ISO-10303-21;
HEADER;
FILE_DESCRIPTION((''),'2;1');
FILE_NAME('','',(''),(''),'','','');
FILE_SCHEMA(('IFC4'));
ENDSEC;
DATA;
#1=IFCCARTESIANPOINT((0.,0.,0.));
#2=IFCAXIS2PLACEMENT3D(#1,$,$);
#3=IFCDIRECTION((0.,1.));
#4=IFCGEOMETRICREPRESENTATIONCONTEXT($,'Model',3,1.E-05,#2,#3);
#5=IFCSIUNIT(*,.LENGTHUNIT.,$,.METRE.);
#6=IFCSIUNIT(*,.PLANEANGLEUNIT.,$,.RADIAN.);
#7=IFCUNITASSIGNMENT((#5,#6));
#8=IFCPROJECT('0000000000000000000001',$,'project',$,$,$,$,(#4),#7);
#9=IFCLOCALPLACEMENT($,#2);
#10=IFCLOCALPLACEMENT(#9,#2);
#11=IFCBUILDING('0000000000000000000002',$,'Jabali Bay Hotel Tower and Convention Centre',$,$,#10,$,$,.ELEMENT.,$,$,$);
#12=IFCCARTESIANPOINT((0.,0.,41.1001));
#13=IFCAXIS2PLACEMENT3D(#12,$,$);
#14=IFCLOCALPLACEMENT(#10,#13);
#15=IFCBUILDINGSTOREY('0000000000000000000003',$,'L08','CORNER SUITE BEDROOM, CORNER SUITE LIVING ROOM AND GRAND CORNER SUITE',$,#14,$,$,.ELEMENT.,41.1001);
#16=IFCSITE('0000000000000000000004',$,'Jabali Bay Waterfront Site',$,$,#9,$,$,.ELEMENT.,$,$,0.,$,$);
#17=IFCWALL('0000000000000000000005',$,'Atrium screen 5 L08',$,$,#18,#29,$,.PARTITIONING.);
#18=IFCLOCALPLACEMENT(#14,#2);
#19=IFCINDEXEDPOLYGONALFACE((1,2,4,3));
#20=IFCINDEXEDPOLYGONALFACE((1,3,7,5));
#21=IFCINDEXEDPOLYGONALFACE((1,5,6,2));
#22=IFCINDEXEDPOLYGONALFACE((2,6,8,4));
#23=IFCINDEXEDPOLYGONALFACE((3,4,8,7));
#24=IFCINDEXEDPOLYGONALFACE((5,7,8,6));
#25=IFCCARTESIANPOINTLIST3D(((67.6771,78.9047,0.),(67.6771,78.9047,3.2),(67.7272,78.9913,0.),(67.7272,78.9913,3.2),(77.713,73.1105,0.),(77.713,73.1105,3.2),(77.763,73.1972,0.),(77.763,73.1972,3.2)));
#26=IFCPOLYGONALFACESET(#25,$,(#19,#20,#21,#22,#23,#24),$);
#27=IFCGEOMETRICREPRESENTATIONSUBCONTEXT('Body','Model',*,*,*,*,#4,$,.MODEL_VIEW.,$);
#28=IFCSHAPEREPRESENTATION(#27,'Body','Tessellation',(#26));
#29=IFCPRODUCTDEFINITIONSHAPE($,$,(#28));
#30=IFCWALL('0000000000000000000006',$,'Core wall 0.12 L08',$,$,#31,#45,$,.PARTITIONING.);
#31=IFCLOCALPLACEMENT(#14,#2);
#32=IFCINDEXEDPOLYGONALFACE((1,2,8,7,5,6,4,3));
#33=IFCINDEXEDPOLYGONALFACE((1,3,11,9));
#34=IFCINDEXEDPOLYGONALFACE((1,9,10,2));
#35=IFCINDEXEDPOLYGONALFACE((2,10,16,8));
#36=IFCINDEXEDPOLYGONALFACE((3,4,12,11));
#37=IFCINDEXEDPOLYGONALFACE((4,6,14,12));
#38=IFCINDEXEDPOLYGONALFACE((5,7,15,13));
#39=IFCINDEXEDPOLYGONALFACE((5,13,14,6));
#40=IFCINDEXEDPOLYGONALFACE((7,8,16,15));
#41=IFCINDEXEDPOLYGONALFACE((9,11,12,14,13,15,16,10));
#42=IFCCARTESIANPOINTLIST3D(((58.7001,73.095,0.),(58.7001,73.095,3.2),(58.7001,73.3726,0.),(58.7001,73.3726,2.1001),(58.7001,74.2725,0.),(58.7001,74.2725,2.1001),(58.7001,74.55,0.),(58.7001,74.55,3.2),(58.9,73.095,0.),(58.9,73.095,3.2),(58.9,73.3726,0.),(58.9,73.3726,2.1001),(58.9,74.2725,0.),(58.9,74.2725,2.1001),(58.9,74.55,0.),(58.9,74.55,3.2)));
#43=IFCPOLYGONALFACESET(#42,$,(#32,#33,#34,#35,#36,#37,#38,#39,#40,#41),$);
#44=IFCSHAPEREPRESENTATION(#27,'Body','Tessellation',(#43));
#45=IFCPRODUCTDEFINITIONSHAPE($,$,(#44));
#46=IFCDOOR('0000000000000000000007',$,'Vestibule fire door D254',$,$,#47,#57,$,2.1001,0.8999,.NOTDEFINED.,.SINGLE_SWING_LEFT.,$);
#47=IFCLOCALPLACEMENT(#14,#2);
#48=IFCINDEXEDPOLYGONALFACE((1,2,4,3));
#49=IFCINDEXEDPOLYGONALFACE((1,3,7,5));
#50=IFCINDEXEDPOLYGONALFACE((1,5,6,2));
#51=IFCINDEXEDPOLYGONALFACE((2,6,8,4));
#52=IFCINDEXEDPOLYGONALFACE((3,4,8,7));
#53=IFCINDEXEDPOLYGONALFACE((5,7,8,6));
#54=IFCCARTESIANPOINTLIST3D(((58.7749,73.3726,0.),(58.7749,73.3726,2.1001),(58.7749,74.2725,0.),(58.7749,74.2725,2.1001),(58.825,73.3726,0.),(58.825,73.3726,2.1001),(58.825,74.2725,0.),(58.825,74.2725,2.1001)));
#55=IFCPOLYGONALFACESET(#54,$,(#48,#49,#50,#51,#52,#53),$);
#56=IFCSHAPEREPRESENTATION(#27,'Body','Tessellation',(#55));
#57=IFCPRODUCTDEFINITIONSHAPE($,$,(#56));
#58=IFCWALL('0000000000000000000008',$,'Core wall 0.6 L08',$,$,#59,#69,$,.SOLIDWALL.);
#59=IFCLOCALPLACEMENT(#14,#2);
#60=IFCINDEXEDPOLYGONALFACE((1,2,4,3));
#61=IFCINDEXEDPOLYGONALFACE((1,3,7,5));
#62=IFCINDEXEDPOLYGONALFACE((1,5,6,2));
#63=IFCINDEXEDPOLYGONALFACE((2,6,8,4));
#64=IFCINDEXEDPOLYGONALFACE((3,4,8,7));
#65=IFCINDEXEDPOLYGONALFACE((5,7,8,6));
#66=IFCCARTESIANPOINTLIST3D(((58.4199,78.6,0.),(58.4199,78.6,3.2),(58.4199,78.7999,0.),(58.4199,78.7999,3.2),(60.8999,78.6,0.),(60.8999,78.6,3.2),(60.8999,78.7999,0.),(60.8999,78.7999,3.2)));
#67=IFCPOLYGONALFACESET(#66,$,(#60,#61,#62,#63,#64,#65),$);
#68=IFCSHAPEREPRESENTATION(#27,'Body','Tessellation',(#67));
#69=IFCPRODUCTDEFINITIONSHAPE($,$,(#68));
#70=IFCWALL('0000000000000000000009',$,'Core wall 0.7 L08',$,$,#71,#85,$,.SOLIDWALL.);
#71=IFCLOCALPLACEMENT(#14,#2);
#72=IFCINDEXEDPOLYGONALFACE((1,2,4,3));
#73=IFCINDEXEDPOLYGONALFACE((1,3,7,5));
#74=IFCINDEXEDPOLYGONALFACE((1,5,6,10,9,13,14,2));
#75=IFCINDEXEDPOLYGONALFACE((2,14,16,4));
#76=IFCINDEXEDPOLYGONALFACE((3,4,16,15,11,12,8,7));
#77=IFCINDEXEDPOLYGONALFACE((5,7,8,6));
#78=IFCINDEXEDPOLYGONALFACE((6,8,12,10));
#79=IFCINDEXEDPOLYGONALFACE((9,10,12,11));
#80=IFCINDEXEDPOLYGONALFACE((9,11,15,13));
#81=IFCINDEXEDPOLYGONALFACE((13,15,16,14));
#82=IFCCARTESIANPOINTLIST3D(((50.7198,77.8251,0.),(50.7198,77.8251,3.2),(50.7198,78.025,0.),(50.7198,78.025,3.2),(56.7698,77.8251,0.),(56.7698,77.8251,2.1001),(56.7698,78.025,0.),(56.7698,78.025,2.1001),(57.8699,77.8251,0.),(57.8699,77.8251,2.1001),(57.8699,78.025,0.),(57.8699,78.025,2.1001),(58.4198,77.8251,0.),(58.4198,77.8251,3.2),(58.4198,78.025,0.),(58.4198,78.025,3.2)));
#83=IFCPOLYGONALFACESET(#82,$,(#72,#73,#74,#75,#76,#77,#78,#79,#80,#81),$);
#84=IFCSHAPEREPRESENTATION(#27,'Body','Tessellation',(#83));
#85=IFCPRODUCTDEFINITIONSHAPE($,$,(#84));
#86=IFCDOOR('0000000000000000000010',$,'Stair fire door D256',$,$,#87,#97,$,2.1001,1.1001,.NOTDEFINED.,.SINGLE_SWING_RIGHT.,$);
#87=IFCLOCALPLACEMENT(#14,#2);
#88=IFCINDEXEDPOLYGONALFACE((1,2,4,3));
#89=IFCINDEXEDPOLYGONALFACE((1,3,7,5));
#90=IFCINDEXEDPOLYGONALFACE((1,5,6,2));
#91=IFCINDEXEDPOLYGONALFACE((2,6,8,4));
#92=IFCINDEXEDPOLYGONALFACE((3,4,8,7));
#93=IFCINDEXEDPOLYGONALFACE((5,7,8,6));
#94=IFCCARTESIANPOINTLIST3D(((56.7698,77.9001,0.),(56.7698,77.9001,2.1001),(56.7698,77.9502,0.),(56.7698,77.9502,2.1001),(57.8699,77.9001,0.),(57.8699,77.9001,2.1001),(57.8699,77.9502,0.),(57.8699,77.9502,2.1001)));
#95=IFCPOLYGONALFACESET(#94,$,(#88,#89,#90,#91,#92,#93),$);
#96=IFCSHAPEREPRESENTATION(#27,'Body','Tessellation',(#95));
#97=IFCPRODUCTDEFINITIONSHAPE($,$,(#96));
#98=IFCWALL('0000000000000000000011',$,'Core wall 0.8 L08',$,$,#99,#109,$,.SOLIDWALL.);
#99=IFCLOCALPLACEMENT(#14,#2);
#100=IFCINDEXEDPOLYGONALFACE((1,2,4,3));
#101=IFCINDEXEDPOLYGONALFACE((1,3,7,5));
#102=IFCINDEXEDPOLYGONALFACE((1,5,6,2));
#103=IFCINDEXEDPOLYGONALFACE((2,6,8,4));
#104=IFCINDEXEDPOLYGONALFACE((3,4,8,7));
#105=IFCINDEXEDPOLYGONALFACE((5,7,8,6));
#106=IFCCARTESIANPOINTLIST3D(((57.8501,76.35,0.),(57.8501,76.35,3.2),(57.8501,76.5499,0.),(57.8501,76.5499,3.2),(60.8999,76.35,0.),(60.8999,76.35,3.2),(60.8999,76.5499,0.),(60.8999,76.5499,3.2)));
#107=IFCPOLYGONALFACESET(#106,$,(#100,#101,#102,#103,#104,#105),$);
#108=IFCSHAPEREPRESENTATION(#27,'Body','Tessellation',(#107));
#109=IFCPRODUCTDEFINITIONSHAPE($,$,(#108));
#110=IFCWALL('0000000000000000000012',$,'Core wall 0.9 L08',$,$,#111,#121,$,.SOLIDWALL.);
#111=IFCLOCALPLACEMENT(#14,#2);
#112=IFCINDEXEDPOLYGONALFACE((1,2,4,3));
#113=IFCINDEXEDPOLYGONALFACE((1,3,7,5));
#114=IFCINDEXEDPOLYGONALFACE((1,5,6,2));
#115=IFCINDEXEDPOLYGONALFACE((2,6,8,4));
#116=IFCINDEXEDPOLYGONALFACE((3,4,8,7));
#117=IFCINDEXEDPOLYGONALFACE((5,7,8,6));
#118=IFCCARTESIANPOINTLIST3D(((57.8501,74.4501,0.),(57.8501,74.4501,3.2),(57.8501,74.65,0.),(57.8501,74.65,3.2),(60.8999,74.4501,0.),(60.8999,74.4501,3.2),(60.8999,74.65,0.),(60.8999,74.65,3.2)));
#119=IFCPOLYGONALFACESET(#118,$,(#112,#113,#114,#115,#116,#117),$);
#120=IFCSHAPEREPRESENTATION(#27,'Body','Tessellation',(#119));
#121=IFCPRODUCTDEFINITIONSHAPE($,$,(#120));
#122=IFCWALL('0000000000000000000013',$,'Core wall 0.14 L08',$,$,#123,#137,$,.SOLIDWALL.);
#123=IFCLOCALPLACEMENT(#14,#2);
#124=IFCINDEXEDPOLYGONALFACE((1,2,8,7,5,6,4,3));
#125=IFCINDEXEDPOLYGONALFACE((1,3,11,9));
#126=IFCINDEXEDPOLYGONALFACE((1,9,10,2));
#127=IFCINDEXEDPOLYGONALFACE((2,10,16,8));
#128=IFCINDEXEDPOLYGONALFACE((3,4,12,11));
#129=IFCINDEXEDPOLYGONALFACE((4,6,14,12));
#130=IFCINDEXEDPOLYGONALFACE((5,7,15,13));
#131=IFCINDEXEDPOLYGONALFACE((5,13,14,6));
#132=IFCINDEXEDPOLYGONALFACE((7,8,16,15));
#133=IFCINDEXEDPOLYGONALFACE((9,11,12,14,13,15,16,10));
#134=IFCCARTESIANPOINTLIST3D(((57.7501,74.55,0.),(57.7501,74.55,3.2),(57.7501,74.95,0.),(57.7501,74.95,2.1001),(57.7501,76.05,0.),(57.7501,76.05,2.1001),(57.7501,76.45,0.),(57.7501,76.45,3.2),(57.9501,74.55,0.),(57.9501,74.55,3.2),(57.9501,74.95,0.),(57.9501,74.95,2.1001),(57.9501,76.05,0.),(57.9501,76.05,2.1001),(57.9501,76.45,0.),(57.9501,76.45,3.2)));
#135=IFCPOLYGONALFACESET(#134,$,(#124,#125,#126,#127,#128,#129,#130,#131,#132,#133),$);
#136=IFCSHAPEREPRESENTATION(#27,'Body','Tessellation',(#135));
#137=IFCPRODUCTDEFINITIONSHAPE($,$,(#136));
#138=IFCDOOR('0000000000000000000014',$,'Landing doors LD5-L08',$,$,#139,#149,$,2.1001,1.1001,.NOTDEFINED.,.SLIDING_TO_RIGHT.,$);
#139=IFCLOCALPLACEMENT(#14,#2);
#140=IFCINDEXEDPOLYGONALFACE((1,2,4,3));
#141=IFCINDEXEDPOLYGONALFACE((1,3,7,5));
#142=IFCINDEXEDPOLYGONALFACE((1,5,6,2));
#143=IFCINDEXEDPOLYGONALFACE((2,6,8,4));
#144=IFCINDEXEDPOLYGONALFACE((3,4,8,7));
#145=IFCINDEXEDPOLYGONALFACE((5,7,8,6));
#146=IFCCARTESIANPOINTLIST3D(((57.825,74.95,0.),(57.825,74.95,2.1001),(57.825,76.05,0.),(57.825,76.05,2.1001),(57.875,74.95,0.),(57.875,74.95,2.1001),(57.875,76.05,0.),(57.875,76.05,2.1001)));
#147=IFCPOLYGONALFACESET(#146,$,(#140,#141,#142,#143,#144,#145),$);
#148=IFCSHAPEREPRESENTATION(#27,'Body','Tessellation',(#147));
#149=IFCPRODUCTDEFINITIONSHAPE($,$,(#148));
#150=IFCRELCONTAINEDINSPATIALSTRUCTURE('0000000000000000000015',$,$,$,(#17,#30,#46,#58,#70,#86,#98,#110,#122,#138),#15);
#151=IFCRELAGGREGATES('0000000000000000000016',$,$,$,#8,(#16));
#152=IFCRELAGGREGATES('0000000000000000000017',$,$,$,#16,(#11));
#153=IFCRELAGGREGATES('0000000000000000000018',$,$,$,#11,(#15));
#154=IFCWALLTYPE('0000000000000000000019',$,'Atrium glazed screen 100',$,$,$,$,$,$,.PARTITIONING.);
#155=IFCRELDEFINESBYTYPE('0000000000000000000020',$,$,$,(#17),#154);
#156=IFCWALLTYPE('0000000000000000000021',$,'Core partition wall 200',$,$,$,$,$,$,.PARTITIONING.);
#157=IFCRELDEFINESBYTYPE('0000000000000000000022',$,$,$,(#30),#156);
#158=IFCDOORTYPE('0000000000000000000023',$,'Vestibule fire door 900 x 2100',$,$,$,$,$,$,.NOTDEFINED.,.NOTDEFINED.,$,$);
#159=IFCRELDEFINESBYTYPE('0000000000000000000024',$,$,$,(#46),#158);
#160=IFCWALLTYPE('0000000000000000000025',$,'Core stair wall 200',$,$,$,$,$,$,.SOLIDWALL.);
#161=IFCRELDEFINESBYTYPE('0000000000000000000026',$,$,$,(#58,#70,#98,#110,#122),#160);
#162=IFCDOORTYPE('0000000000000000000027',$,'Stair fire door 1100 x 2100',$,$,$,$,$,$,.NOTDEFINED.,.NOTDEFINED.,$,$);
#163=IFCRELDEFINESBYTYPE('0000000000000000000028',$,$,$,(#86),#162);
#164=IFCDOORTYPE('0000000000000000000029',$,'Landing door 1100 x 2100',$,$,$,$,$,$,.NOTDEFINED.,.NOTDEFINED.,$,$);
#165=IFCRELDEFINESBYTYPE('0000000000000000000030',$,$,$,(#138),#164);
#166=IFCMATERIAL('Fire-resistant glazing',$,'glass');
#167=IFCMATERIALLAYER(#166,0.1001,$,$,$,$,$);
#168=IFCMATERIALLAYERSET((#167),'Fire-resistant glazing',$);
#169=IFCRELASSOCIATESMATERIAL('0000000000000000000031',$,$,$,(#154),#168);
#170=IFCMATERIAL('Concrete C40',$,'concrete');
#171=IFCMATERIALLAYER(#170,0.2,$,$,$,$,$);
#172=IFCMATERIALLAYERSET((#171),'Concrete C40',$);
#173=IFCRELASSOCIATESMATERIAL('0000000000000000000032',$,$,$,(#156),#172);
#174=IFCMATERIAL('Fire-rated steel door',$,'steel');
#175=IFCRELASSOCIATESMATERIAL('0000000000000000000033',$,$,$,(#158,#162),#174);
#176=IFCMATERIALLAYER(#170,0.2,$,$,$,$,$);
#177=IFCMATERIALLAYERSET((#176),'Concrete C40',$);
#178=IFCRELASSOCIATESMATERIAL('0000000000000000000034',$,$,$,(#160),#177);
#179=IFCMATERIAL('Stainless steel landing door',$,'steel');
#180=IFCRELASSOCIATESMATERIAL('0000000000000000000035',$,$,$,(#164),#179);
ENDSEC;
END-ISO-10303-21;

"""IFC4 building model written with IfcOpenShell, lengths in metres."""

from ifc_helpers import new_model, si_unit, direction, frame, frame_2d, origin, place, context, subcontext, project, spatial, rectangle, extrude, material, layer, layer_set, type_object, element, fill, save


model = new_model("IFC4")

# Units and contexts
model_context = context("Model", 3, precision=1e-05, world=origin(), true_north=direction((0.0, 1.0)))
body_context = subcontext(model_context, "Body", "Model", "MODEL_VIEW")
ifc_project = project(units=[si_unit("LENGTHUNIT", "METRE"), si_unit("PLANEANGLEUNIT", "RADIAN")], contexts=[model_context])

# Site, building, storey
site_placement = place(None, origin())
site = spatial("IfcSite", under=ifc_project, at=site_placement, Name="Jabali Bay Waterfront Site", CompositionType="ELEMENT", RefElevation=0.0)
building_placement = place(site_placement, origin())
building = spatial("IfcBuilding", under=site, at=building_placement, Name="Jabali Bay Hotel Tower and Convention Centre", CompositionType="ELEMENT")
storey_placement = place(building_placement, frame((0.0, 0.0, 41.1001)))
storey = spatial("IfcBuildingStorey", under=building, at=storey_placement, Name="L08", Description="CORNER SUITE BEDROOM, CORNER SUITE LIVING ROOM AND GRAND CORNER SUITE", CompositionType="ELEMENT", Elevation=41.1001)

# Wall
ifc_material_1 = material(Name="Fire-resistant glazing", Category="glass")
ifc_layer_1 = layer(ifc_material_1, 0.1001)
ifc_layer_set_1 = layer_set([ifc_layer_1], Name="Fire-resistant glazing")
wall_type_1 = type_object("IfcWallType", Name="Atrium glazed screen 100", PredefinedType="PARTITIONING", material=ifc_layer_set_1)
wall_1_placement = place(storey_placement, frame((67.7021, 78.948, 0.0), z_axis=(0.0, 0.0, 1.0), x_axis=(0.866027, -0.499998, 0.0)))
element("IfcWall", 1, at=wall_1_placement, inside=storey, type_object=wall_type_1, Name="Atrium screen 5 L08", PredefinedType="PARTITIONING", context=body_context, shape_type="SweptSolid", body=[
    extrude(rectangle(XDim=11.5884, YDim=0.1001, at=frame_2d((5.7942, 0.0))), origin(), (0.0, 0.0, 1.0), 3.2),
])

# Wall, opening, door
ifc_material_2 = material(Name="Concrete C40", Category="concrete")
ifc_layer_2 = layer(ifc_material_2, 0.2)
ifc_layer_set_2 = layer_set([ifc_layer_2], Name="Concrete C40")
wall_type_2 = type_object("IfcWallType", Name="Core partition wall 200", PredefinedType="PARTITIONING", material=ifc_layer_set_2)
wall_2_placement = place(storey_placement, frame((58.8, 74.55, 0.0), z_axis=(0.0, 0.0, 1.0), x_axis=(0.0, -1.0, 0.0)))
wall_2 = element("IfcWall", 2, at=wall_2_placement, inside=storey, type_object=wall_type_2, Name="Core wall 0.12 L08", PredefinedType="PARTITIONING", context=body_context, shape_type="SweptSolid", body=[
    extrude(rectangle(XDim=1.4551, YDim=0.2, at=frame_2d((0.7275, 0.0))), origin(), (0.0, 0.0, 1.0), 3.2),
])
opening_1_placement = place(wall_2_placement, frame((0.2776, 0.0, 0.0)))
opening_1 = element("IfcOpeningElement", 3, at=opening_1_placement, cuts=wall_2, PredefinedType="OPENING", context=body_context, shape_type="SweptSolid", body=[
    extrude(rectangle(XDim=0.8999, YDim=2.1001, at=frame_2d((0.45, 1.05))), frame((0.0, 0.1104, 0.0), z_axis=(0.0, -1.0, 0.0), x_axis=(1.0, 0.0, 0.0)), (0.0, 0.0, 1.0), 0.2209),
])
ifc_material_3 = material(Name="Fire-rated steel door", Category="steel")
door_type_1 = type_object("IfcDoorType", Name="Vestibule fire door 900 x 2100", OperationType="NOTDEFINED", PredefinedType="NOTDEFINED", material=ifc_material_3)
door_1_placement = place(opening_1_placement, origin())
door_1 = element("IfcDoor", 4, at=door_1_placement, inside=storey, type_object=door_type_1, Name="Vestibule fire door D254", OperationType="SINGLE_SWING_LEFT", OverallHeight=2.1001, OverallWidth=0.8999, PredefinedType="NOTDEFINED", context=body_context, shape_type="SweptSolid", body=[
    extrude(rectangle(XDim=0.8999, YDim=2.1001, at=frame_2d((0.45, 1.05))), frame((0.0, 0.0249, 0.0), z_axis=(0.0, -1.0, 0.0), x_axis=(1.0, 0.0, 0.0)), (0.0, 0.0, 1.0), 0.05),
])
fill(opening_1, door_1)

# Wall
ifc_layer_3 = layer(ifc_material_2, 0.2)
ifc_layer_set_3 = layer_set([ifc_layer_3], Name="Concrete C40")
wall_type_3 = type_object("IfcWallType", Name="Core stair wall 200", PredefinedType="SOLIDWALL", material=ifc_layer_set_3)
wall_3_placement = place(storey_placement, frame((60.8999, 78.7, 0.0), z_axis=(0.0, 0.0, 1.0), x_axis=(-1.0, 0.0, 0.0)))
element("IfcWall", 5, at=wall_3_placement, inside=storey, type_object=wall_type_3, Name="Core wall 0.6 L08", PredefinedType="SOLIDWALL", context=body_context, shape_type="SweptSolid", body=[
    extrude(rectangle(XDim=2.48, YDim=0.2, at=frame_2d((1.24, 0.0))), origin(), (0.0, 0.0, 1.0), 3.2),
])

# Wall, opening, door
wall_4_placement = place(storey_placement, frame((58.4199, 77.925, 0.0), z_axis=(0.0, 0.0, 1.0), x_axis=(-1.0, 0.0, 0.0)))
wall_4 = element("IfcWall", 6, at=wall_4_placement, inside=storey, type_object=wall_type_3, Name="Core wall 0.7 L08", PredefinedType="SOLIDWALL", context=body_context, shape_type="SweptSolid", body=[
    extrude(rectangle(XDim=7.7, YDim=0.2, at=frame_2d((3.8501, 0.0))), origin(), (0.0, 0.0, 1.0), 3.2),
])
opening_2_placement = place(wall_4_placement, frame((0.55, 0.0, 0.0)))
opening_2 = element("IfcOpeningElement", 7, at=opening_2_placement, cuts=wall_4, PredefinedType="OPENING", context=body_context, shape_type="SweptSolid", body=[
    extrude(rectangle(XDim=1.1001, YDim=2.1001, at=frame_2d((0.55, 1.05))), frame((0.0, 0.1104, 0.0), z_axis=(0.0, -1.0, 0.0), x_axis=(1.0, 0.0, 0.0)), (0.0, 0.0, 1.0), 0.2209),
])
door_type_2 = type_object("IfcDoorType", Name="Stair fire door 1100 x 2100", OperationType="NOTDEFINED", PredefinedType="NOTDEFINED", material=ifc_material_3)
door_2_placement = place(opening_2_placement, origin())
door_2 = element("IfcDoor", 8, at=door_2_placement, inside=storey, type_object=door_type_2, Name="Stair fire door D256", OperationType="SINGLE_SWING_RIGHT", OverallHeight=2.1001, OverallWidth=1.1001, PredefinedType="NOTDEFINED", context=body_context, shape_type="SweptSolid", body=[
    extrude(rectangle(XDim=1.1001, YDim=2.1001, at=frame_2d((0.55, 1.05))), frame((0.0, 0.0249, 0.0), z_axis=(0.0, -1.0, 0.0), x_axis=(1.0, 0.0, 0.0)), (0.0, 0.0, 1.0), 0.05),
])
fill(opening_2, door_2)

# Walls
for number, where, z_axis, x_axis, name in (
    (9, (60.8999, 76.45, 0.0), (0.0, 0.0, 1.0), (-1.0, 0.0, 0.0), "Core wall 0.8 L08"),
    (10, (60.8999, 74.55, 0.0), (0.0, 0.0, 1.0), (-1.0, 0.0, 0.0), "Core wall 0.9 L08"),
):
    element("IfcWall", number, at=place(storey_placement, frame(where, z_axis=z_axis, x_axis=x_axis)), inside=storey, type_object=wall_type_3, Name=name, PredefinedType="SOLIDWALL", context=body_context, shape_type="SweptSolid", body=[
        extrude(rectangle(XDim=3.0498, YDim=0.2, at=frame_2d((1.5249, 0.0))), origin(), (0.0, 0.0, 1.0), 3.2),
    ])

# Wall, opening, door
wall_5_placement = place(storey_placement, frame((57.8501, 76.45, 0.0), z_axis=(0.0, 0.0, 1.0), x_axis=(0.0, -1.0, 0.0)))
wall_5 = element("IfcWall", 11, at=wall_5_placement, inside=storey, type_object=wall_type_3, Name="Core wall 0.14 L08", PredefinedType="SOLIDWALL", context=body_context, shape_type="SweptSolid", body=[
    extrude(rectangle(XDim=1.8999, YDim=0.2, at=frame_2d((0.95, 0.0))), origin(), (0.0, 0.0, 1.0), 3.2),
])
opening_3_placement = place(wall_5_placement, frame((0.3999, 0.0, 0.0)))
opening_3 = element("IfcOpeningElement", 12, at=opening_3_placement, cuts=wall_5, PredefinedType="OPENING", context=body_context, shape_type="SweptSolid", body=[
    extrude(rectangle(XDim=1.1001, YDim=2.1001, at=frame_2d((0.55, 1.05))), frame((0.0, 0.1104, 0.0), z_axis=(0.0, -1.0, 0.0), x_axis=(1.0, 0.0, 0.0)), (0.0, 0.0, 1.0), 0.2209),
])
ifc_material_4 = material(Name="Stainless steel landing door", Category="steel")
door_type_3 = type_object("IfcDoorType", Name="Landing door 1100 x 2100", OperationType="NOTDEFINED", PredefinedType="NOTDEFINED", material=ifc_material_4)
door_3_placement = place(opening_3_placement, origin())
door_3 = element("IfcDoor", 13, at=door_3_placement, inside=storey, type_object=door_type_3, Name="Landing doors LD5-L08", OperationType="SLIDING_TO_RIGHT", OverallHeight=2.1001, OverallWidth=1.1001, PredefinedType="NOTDEFINED", context=body_context, shape_type="SweptSolid", body=[
    extrude(rectangle(XDim=1.1001, YDim=2.1001, at=frame_2d((0.55, 1.05))), frame((0.0, 0.0249, 0.0), z_axis=(0.0, -1.0, 0.0), x_axis=(1.0, 0.0, 0.0)), (0.0, 0.0, 1.0), 0.05),
])
fill(opening_3, door_3)

save(model, "model.ifc")
